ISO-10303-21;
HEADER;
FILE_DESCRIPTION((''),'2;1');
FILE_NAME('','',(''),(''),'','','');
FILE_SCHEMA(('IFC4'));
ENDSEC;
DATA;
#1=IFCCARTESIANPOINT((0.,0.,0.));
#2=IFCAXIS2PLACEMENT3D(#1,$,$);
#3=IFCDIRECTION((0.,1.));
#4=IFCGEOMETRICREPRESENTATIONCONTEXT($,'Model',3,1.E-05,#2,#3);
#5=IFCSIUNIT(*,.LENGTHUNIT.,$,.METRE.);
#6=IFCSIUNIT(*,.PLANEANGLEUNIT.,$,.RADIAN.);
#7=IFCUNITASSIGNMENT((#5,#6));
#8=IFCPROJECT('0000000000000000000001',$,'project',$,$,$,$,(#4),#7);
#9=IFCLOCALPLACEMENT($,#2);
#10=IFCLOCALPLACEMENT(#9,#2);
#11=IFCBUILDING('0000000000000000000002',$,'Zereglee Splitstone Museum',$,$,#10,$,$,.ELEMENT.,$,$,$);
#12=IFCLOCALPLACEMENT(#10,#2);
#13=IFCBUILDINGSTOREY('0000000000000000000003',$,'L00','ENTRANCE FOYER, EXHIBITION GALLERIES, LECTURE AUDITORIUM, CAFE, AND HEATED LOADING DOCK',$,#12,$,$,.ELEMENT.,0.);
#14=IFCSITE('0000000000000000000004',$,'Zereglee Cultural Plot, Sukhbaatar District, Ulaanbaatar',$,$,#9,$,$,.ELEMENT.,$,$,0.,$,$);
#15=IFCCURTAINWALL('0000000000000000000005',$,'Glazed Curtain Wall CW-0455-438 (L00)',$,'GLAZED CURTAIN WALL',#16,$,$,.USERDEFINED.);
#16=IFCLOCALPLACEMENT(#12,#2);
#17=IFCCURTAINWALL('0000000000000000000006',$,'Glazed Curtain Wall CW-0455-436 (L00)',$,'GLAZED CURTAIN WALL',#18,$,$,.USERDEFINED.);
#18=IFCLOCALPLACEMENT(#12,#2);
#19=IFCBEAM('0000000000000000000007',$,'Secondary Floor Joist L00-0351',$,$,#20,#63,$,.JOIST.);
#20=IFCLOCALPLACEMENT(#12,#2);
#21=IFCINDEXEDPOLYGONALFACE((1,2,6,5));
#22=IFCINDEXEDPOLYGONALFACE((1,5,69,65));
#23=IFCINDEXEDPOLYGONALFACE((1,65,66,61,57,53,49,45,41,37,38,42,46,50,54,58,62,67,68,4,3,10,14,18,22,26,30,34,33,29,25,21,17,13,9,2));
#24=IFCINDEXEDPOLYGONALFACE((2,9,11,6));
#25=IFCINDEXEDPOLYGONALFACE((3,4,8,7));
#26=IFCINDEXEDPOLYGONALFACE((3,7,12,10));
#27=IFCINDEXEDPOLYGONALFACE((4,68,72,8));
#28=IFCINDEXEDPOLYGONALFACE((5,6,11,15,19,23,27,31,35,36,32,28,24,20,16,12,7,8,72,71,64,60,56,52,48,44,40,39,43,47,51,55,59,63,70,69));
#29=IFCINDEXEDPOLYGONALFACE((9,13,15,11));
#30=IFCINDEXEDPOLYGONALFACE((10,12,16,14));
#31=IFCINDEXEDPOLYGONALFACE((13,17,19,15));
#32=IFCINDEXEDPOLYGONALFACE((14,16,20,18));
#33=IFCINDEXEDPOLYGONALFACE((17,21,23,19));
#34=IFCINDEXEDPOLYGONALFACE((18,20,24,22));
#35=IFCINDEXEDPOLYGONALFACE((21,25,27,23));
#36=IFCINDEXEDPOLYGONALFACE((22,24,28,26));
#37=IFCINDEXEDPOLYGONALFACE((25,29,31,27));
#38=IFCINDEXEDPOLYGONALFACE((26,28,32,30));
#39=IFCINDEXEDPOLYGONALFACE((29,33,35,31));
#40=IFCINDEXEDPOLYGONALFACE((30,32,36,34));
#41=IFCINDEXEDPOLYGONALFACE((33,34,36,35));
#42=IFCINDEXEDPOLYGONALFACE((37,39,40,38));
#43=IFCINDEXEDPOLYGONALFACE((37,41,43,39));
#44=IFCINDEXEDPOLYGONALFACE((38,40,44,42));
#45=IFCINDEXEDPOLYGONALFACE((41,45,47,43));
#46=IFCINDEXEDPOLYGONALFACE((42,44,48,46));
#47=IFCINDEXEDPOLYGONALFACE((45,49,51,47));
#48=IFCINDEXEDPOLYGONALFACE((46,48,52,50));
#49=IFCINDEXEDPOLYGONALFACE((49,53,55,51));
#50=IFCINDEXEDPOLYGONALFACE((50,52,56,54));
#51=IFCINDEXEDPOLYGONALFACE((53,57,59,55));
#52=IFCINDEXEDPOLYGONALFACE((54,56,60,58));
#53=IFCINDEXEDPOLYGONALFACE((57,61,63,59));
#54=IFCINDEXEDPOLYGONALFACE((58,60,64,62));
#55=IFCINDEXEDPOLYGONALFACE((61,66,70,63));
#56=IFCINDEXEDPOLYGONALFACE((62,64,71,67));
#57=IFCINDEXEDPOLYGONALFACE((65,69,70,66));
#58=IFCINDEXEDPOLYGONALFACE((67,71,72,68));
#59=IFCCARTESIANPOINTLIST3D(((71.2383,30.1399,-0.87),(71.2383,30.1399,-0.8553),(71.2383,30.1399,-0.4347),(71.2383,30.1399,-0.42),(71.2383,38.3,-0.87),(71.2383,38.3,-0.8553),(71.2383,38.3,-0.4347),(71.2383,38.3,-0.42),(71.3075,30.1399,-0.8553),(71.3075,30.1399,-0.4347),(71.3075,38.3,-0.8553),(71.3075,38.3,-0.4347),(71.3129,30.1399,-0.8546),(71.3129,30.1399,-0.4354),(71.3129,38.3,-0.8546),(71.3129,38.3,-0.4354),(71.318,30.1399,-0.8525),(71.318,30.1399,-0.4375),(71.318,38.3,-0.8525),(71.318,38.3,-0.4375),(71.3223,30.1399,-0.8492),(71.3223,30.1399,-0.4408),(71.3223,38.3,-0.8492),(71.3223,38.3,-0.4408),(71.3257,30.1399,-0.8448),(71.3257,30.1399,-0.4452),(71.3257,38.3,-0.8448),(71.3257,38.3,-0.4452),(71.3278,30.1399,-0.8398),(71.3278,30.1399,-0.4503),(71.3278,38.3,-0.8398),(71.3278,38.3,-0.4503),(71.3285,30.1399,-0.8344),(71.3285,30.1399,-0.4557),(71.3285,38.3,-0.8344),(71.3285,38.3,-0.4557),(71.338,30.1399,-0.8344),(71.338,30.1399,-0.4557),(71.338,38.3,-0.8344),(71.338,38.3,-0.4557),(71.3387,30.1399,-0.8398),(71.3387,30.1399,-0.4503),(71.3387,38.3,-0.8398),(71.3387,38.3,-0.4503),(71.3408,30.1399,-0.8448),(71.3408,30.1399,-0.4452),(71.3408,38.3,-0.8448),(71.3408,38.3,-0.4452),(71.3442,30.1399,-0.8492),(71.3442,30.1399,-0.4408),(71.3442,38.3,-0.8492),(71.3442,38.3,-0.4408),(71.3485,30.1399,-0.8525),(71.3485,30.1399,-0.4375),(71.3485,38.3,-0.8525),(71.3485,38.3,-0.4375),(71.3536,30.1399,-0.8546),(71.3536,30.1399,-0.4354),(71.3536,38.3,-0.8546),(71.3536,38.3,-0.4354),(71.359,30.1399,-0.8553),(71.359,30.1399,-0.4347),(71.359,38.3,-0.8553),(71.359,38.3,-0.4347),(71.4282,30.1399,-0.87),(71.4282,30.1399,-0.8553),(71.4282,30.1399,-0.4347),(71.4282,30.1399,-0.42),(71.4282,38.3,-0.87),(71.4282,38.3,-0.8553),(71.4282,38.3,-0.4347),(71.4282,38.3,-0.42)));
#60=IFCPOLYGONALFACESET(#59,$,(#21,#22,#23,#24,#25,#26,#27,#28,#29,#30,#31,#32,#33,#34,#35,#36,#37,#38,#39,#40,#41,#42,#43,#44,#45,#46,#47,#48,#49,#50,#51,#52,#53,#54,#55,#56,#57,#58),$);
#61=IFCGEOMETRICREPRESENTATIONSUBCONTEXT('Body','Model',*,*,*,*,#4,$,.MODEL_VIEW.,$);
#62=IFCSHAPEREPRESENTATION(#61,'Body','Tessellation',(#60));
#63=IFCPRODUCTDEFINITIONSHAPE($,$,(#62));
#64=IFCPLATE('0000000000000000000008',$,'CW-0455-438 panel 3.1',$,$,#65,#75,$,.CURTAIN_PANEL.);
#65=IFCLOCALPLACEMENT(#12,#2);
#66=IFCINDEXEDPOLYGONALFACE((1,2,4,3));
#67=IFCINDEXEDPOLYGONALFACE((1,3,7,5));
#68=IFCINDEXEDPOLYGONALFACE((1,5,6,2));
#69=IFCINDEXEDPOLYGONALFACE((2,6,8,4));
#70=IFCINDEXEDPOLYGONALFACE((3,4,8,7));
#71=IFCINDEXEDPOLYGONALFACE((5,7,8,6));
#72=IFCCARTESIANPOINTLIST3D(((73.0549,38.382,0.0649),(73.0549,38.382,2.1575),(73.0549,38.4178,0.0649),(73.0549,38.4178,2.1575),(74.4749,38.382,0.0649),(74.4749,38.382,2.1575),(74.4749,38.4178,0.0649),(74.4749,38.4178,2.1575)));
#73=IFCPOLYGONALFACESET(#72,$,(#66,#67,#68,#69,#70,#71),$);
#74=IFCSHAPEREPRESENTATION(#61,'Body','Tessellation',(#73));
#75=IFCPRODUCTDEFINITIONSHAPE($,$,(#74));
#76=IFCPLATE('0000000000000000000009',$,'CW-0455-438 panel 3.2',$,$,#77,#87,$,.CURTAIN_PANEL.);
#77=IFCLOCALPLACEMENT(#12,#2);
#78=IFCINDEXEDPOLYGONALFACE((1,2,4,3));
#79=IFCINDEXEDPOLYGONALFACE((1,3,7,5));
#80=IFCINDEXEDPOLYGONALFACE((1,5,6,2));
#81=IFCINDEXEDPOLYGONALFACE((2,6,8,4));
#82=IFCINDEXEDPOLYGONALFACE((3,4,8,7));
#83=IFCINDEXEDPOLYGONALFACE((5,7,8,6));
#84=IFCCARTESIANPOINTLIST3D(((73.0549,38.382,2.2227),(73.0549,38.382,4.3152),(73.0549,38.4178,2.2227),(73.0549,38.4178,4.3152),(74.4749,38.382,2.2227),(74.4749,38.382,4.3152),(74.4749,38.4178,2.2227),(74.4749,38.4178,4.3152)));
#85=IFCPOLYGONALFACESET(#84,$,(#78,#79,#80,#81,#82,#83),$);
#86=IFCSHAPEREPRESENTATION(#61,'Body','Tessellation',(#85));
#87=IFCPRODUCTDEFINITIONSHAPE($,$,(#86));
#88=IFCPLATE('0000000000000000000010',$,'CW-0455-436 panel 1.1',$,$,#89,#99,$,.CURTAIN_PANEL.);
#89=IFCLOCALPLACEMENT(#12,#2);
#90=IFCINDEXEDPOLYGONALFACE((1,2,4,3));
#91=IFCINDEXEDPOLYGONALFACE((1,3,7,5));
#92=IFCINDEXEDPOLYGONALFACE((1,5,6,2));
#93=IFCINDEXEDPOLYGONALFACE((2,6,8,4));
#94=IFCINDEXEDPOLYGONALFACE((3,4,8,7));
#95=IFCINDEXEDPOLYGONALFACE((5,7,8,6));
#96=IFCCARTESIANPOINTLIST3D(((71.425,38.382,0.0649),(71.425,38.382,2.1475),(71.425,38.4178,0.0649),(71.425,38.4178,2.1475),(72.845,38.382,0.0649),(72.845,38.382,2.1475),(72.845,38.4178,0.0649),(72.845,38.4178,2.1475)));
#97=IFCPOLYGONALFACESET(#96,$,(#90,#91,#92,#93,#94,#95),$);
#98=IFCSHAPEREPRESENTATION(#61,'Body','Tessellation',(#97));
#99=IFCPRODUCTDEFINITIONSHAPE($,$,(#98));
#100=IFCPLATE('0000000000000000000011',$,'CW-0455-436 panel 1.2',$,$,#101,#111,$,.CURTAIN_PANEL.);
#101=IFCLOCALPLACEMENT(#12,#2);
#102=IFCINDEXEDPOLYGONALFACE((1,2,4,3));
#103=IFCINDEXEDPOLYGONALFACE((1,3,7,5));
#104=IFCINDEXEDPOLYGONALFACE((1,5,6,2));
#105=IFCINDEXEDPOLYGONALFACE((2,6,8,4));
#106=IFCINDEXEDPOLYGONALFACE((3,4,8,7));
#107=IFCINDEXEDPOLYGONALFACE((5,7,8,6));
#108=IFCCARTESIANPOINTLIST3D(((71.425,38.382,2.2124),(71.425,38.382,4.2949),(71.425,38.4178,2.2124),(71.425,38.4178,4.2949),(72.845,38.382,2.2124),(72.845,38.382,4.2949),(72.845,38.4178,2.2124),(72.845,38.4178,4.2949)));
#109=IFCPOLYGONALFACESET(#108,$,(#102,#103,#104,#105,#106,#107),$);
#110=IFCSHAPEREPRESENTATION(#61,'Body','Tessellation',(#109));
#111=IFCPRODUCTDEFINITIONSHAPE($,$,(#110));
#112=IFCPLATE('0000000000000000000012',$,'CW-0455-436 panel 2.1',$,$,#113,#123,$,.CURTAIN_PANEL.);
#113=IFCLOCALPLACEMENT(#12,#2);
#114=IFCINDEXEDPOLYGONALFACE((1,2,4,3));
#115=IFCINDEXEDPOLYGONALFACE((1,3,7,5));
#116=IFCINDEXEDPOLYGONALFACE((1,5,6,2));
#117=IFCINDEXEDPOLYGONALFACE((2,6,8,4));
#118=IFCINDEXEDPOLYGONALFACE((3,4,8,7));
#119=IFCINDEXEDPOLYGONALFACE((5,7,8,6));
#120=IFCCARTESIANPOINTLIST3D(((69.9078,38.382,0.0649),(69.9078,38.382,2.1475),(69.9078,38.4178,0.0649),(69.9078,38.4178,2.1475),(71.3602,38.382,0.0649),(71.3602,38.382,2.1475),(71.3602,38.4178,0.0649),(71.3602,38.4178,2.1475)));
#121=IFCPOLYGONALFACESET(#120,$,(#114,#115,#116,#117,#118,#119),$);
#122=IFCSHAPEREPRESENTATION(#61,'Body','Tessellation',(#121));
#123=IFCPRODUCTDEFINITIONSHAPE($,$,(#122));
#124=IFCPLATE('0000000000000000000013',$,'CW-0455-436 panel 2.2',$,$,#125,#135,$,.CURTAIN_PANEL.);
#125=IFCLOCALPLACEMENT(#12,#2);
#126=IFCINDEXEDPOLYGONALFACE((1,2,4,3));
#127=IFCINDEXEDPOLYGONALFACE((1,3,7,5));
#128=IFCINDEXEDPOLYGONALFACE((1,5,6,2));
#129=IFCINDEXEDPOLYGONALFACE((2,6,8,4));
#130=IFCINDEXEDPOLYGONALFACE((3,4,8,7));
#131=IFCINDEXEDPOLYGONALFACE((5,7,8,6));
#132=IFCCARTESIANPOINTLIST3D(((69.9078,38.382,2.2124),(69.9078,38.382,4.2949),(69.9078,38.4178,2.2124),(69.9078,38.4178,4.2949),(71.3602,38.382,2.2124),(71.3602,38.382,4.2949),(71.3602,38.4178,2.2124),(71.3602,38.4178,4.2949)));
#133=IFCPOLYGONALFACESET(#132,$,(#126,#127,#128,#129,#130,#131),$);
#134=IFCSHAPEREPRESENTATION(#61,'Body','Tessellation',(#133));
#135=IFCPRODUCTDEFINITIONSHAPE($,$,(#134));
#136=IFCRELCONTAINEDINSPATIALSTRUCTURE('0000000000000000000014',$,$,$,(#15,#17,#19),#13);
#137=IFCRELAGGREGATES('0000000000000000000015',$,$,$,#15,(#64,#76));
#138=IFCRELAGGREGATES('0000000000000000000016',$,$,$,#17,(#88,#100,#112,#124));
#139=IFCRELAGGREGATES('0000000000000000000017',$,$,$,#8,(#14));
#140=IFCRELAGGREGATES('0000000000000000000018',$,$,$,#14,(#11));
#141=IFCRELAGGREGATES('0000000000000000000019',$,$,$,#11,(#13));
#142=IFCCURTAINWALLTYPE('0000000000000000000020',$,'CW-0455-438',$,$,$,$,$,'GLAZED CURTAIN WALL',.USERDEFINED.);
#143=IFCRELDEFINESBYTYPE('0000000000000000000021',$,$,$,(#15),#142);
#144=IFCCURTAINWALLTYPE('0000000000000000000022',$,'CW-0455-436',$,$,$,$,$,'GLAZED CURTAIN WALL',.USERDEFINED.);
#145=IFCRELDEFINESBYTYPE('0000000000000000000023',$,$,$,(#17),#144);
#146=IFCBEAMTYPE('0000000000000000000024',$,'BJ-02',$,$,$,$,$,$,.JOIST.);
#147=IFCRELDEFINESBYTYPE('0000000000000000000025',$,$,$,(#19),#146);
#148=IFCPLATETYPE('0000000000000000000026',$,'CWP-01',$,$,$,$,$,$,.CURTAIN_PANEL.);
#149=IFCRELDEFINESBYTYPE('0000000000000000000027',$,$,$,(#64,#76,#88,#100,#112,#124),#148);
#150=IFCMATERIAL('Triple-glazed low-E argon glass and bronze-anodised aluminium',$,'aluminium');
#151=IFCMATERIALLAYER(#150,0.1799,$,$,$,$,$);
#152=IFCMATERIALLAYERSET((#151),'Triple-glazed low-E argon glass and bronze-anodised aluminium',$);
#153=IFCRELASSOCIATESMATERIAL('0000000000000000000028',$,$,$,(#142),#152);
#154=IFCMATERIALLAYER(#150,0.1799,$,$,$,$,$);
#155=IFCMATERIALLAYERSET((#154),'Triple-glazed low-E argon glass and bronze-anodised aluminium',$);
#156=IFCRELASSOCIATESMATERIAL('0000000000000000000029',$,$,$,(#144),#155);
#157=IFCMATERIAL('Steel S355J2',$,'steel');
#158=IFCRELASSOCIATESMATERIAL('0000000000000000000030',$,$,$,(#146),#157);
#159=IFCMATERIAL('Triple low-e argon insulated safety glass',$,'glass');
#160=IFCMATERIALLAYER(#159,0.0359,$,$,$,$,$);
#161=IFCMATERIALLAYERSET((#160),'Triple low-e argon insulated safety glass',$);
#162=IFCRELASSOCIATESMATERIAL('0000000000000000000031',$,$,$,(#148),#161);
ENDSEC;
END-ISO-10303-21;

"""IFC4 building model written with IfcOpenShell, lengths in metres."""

from ifc_helpers import new_model, si_unit, direction, frame, origin, origin_2d, place, context, subcontext, project, spatial, rectangle, i_section, extrude, material, layer, layer_set, material_profile, profile_set, type_object, element, aggregate, save


model = new_model("IFC4")

# Units and contexts
model_context = context("Model", 3, precision=1e-05, world=origin(), true_north=direction((0.0, 1.0)))
body_context = subcontext(model_context, "Body", "Model", "MODEL_VIEW")
ifc_project = project(units=[si_unit("LENGTHUNIT", "METRE"), si_unit("PLANEANGLEUNIT", "RADIAN")], contexts=[model_context])

# Site, building, storey
site_placement = place(None, origin())
site = spatial("IfcSite", under=ifc_project, at=site_placement, Name="Zereglee Cultural Plot, Sukhbaatar District, Ulaanbaatar", CompositionType="ELEMENT", RefElevation=0.0)
building_placement = place(site_placement, origin())
building = spatial("IfcBuilding", under=site, at=building_placement, Name="Zereglee Splitstone Museum", CompositionType="ELEMENT")
storey_placement = place(building_placement, origin())
storey = spatial("IfcBuildingStorey", under=building, at=storey_placement, Name="L00", Description="ENTRANCE FOYER, EXHIBITION GALLERIES, LECTURE AUDITORIUM, CAFE, AND HEATED LOADING DOCK", CompositionType="ELEMENT", Elevation=0.0)

# Curtain walls
ifc_material_1 = material(Name="Triple-glazed low-E argon glass and bronze-anodised aluminium", Category="aluminium")
ifc_layer_1 = layer(ifc_material_1, 0.1799)
ifc_layer_set_1 = layer_set([ifc_layer_1], Name="Triple-glazed low-E argon glass and bronze-anodised aluminium")
curtain_wall_type_1 = type_object("IfcCurtainWallType", Name="CW-0455-438", ElementType="GLAZED CURTAIN WALL", PredefinedType="USERDEFINED", material=ifc_layer_set_1)
curtain_wall_1_placement = place(storey_placement, origin())
curtain_wall_1 = element("IfcCurtainWall", 1, at=curtain_wall_1_placement, inside=storey, type_object=curtain_wall_type_1, Name="Glazed Curtain Wall CW-0455-438 (L00)", ObjectType="GLAZED CURTAIN WALL", PredefinedType="USERDEFINED")
ifc_layer_2 = layer(ifc_material_1, 0.1799)
ifc_layer_set_2 = layer_set([ifc_layer_2], Name="Triple-glazed low-E argon glass and bronze-anodised aluminium")
curtain_wall_type_2 = type_object("IfcCurtainWallType", Name="CW-0455-436", ElementType="GLAZED CURTAIN WALL", PredefinedType="USERDEFINED", material=ifc_layer_set_2)
curtain_wall_2_placement = place(storey_placement, origin())
curtain_wall_2 = element("IfcCurtainWall", 2, at=curtain_wall_2_placement, inside=storey, type_object=curtain_wall_type_2, Name="Glazed Curtain Wall CW-0455-436 (L00)", ObjectType="GLAZED CURTAIN WALL", PredefinedType="USERDEFINED")

# Beam
ifc_material_2 = material(Name="Steel S355J2", Category="steel")
ifc_material_profile_1 = material_profile(ifc_material_2, i_section(OverallWidth=0.1899, OverallDepth=0.45, WebThickness=0.0095, FlangeThickness=0.0146, FilletRadius=0.021, at=origin_2d()), Name="IPE 450")
ifc_profile_set_1 = profile_set([ifc_material_profile_1], Name="Steel S355J2")
beam_type = type_object("IfcBeamType", Name="BJ-02", PredefinedType="JOIST", material=ifc_profile_set_1)
beam_placement = place(storey_placement, frame((71.3333, 30.1399, -0.645), z_axis=(0.0, 1.0, 0.0), x_axis=(-1.0, 0.0, 0.0)))
element("IfcBeam", 3, at=beam_placement, inside=storey, type_object=beam_type, Name="Secondary Floor Joist L00-0351", PredefinedType="JOIST", context=body_context, shape_type="SweptSolid", body=[
    extrude(i_section(OverallWidth=0.1899, OverallDepth=0.45, WebThickness=0.0095, FlangeThickness=0.0146, FilletRadius=0.021, at=origin_2d()), origin(), (0.0, 0.0, 1.0), 8.1602),
])

# Plates
ifc_material_3 = material(Name="Triple low-e argon insulated safety glass", Category="glass")
ifc_layer_3 = layer(ifc_material_3, 0.0359)
ifc_layer_set_3 = layer_set([ifc_layer_3], Name="Triple low-e argon insulated safety glass")
plate_type = type_object("IfcPlateType", Name="CWP-01", PredefinedType="CURTAIN_PANEL", material=ifc_layer_set_3)
plate_1_placement = place(storey_placement, frame((73.7649, 38.3999, 0.0649), z_axis=(0.0, 0.0, 1.0), x_axis=(-1.0, 0.0, 0.0)))
plate_1 = element("IfcPlate", 4, at=plate_1_placement, type_object=plate_type, Name="CW-0455-438 panel 3.1", PredefinedType="CURTAIN_PANEL", context=body_context, shape_type="SweptSolid", body=[
    extrude(rectangle(XDim=1.4199, YDim=0.0359, at=origin_2d()), origin(), (0.0, 0.0, 1.0), 2.0925),
])
plate_2_placement = place(storey_placement, frame((73.7649, 38.3999, 2.2227), z_axis=(0.0, 0.0, 1.0), x_axis=(-1.0, 0.0, 0.0)))
plate_2 = element("IfcPlate", 5, at=plate_2_placement, type_object=plate_type, Name="CW-0455-438 panel 3.2", PredefinedType="CURTAIN_PANEL", context=body_context, shape_type="SweptSolid", body=[
    extrude(rectangle(XDim=1.4199, YDim=0.0359, at=origin_2d()), origin(), (0.0, 0.0, 1.0), 2.0925),
])
aggregate(curtain_wall_1, [plate_1, plate_2])
plate_3_placement = place(storey_placement, frame((72.135, 38.3999, 0.0649), z_axis=(0.0, 0.0, 1.0), x_axis=(-1.0, 0.0, 0.0)))
plate_3 = element("IfcPlate", 6, at=plate_3_placement, type_object=plate_type, Name="CW-0455-436 panel 1.1", PredefinedType="CURTAIN_PANEL", context=body_context, shape_type="SweptSolid", body=[
    extrude(rectangle(XDim=1.4199, YDim=0.0359, at=origin_2d()), origin(), (0.0, 0.0, 1.0), 2.0825),
])
plate_4_placement = place(storey_placement, frame((72.135, 38.3999, 2.2124), z_axis=(0.0, 0.0, 1.0), x_axis=(-1.0, 0.0, 0.0)))
plate_4 = element("IfcPlate", 7, at=plate_4_placement, type_object=plate_type, Name="CW-0455-436 panel 1.2", PredefinedType="CURTAIN_PANEL", context=body_context, shape_type="SweptSolid", body=[
    extrude(rectangle(XDim=1.4199, YDim=0.0359, at=origin_2d()), origin(), (0.0, 0.0, 1.0), 2.0825),
])
plate_5_placement = place(storey_placement, frame((70.634, 38.3999, 0.0649), z_axis=(0.0, 0.0, 1.0), x_axis=(-1.0, 0.0, 0.0)))
plate_5 = element("IfcPlate", 8, at=plate_5_placement, type_object=plate_type, Name="CW-0455-436 panel 2.1", PredefinedType="CURTAIN_PANEL", context=body_context, shape_type="SweptSolid", body=[
    extrude(rectangle(XDim=1.4524, YDim=0.0359, at=origin_2d()), origin(), (0.0, 0.0, 1.0), 2.0825),
])
plate_6_placement = place(storey_placement, frame((70.634, 38.3999, 2.2124), z_axis=(0.0, 0.0, 1.0), x_axis=(-1.0, 0.0, 0.0)))
plate_6 = element("IfcPlate", 9, at=plate_6_placement, type_object=plate_type, Name="CW-0455-436 panel 2.2", PredefinedType="CURTAIN_PANEL", context=body_context, shape_type="SweptSolid", body=[
    extrude(rectangle(XDim=1.4524, YDim=0.0359, at=origin_2d()), origin(), (0.0, 0.0, 1.0), 2.0825),
])
aggregate(curtain_wall_2, [plate_3, plate_4, plate_5, plate_6])

save(model, "model.ifc")
